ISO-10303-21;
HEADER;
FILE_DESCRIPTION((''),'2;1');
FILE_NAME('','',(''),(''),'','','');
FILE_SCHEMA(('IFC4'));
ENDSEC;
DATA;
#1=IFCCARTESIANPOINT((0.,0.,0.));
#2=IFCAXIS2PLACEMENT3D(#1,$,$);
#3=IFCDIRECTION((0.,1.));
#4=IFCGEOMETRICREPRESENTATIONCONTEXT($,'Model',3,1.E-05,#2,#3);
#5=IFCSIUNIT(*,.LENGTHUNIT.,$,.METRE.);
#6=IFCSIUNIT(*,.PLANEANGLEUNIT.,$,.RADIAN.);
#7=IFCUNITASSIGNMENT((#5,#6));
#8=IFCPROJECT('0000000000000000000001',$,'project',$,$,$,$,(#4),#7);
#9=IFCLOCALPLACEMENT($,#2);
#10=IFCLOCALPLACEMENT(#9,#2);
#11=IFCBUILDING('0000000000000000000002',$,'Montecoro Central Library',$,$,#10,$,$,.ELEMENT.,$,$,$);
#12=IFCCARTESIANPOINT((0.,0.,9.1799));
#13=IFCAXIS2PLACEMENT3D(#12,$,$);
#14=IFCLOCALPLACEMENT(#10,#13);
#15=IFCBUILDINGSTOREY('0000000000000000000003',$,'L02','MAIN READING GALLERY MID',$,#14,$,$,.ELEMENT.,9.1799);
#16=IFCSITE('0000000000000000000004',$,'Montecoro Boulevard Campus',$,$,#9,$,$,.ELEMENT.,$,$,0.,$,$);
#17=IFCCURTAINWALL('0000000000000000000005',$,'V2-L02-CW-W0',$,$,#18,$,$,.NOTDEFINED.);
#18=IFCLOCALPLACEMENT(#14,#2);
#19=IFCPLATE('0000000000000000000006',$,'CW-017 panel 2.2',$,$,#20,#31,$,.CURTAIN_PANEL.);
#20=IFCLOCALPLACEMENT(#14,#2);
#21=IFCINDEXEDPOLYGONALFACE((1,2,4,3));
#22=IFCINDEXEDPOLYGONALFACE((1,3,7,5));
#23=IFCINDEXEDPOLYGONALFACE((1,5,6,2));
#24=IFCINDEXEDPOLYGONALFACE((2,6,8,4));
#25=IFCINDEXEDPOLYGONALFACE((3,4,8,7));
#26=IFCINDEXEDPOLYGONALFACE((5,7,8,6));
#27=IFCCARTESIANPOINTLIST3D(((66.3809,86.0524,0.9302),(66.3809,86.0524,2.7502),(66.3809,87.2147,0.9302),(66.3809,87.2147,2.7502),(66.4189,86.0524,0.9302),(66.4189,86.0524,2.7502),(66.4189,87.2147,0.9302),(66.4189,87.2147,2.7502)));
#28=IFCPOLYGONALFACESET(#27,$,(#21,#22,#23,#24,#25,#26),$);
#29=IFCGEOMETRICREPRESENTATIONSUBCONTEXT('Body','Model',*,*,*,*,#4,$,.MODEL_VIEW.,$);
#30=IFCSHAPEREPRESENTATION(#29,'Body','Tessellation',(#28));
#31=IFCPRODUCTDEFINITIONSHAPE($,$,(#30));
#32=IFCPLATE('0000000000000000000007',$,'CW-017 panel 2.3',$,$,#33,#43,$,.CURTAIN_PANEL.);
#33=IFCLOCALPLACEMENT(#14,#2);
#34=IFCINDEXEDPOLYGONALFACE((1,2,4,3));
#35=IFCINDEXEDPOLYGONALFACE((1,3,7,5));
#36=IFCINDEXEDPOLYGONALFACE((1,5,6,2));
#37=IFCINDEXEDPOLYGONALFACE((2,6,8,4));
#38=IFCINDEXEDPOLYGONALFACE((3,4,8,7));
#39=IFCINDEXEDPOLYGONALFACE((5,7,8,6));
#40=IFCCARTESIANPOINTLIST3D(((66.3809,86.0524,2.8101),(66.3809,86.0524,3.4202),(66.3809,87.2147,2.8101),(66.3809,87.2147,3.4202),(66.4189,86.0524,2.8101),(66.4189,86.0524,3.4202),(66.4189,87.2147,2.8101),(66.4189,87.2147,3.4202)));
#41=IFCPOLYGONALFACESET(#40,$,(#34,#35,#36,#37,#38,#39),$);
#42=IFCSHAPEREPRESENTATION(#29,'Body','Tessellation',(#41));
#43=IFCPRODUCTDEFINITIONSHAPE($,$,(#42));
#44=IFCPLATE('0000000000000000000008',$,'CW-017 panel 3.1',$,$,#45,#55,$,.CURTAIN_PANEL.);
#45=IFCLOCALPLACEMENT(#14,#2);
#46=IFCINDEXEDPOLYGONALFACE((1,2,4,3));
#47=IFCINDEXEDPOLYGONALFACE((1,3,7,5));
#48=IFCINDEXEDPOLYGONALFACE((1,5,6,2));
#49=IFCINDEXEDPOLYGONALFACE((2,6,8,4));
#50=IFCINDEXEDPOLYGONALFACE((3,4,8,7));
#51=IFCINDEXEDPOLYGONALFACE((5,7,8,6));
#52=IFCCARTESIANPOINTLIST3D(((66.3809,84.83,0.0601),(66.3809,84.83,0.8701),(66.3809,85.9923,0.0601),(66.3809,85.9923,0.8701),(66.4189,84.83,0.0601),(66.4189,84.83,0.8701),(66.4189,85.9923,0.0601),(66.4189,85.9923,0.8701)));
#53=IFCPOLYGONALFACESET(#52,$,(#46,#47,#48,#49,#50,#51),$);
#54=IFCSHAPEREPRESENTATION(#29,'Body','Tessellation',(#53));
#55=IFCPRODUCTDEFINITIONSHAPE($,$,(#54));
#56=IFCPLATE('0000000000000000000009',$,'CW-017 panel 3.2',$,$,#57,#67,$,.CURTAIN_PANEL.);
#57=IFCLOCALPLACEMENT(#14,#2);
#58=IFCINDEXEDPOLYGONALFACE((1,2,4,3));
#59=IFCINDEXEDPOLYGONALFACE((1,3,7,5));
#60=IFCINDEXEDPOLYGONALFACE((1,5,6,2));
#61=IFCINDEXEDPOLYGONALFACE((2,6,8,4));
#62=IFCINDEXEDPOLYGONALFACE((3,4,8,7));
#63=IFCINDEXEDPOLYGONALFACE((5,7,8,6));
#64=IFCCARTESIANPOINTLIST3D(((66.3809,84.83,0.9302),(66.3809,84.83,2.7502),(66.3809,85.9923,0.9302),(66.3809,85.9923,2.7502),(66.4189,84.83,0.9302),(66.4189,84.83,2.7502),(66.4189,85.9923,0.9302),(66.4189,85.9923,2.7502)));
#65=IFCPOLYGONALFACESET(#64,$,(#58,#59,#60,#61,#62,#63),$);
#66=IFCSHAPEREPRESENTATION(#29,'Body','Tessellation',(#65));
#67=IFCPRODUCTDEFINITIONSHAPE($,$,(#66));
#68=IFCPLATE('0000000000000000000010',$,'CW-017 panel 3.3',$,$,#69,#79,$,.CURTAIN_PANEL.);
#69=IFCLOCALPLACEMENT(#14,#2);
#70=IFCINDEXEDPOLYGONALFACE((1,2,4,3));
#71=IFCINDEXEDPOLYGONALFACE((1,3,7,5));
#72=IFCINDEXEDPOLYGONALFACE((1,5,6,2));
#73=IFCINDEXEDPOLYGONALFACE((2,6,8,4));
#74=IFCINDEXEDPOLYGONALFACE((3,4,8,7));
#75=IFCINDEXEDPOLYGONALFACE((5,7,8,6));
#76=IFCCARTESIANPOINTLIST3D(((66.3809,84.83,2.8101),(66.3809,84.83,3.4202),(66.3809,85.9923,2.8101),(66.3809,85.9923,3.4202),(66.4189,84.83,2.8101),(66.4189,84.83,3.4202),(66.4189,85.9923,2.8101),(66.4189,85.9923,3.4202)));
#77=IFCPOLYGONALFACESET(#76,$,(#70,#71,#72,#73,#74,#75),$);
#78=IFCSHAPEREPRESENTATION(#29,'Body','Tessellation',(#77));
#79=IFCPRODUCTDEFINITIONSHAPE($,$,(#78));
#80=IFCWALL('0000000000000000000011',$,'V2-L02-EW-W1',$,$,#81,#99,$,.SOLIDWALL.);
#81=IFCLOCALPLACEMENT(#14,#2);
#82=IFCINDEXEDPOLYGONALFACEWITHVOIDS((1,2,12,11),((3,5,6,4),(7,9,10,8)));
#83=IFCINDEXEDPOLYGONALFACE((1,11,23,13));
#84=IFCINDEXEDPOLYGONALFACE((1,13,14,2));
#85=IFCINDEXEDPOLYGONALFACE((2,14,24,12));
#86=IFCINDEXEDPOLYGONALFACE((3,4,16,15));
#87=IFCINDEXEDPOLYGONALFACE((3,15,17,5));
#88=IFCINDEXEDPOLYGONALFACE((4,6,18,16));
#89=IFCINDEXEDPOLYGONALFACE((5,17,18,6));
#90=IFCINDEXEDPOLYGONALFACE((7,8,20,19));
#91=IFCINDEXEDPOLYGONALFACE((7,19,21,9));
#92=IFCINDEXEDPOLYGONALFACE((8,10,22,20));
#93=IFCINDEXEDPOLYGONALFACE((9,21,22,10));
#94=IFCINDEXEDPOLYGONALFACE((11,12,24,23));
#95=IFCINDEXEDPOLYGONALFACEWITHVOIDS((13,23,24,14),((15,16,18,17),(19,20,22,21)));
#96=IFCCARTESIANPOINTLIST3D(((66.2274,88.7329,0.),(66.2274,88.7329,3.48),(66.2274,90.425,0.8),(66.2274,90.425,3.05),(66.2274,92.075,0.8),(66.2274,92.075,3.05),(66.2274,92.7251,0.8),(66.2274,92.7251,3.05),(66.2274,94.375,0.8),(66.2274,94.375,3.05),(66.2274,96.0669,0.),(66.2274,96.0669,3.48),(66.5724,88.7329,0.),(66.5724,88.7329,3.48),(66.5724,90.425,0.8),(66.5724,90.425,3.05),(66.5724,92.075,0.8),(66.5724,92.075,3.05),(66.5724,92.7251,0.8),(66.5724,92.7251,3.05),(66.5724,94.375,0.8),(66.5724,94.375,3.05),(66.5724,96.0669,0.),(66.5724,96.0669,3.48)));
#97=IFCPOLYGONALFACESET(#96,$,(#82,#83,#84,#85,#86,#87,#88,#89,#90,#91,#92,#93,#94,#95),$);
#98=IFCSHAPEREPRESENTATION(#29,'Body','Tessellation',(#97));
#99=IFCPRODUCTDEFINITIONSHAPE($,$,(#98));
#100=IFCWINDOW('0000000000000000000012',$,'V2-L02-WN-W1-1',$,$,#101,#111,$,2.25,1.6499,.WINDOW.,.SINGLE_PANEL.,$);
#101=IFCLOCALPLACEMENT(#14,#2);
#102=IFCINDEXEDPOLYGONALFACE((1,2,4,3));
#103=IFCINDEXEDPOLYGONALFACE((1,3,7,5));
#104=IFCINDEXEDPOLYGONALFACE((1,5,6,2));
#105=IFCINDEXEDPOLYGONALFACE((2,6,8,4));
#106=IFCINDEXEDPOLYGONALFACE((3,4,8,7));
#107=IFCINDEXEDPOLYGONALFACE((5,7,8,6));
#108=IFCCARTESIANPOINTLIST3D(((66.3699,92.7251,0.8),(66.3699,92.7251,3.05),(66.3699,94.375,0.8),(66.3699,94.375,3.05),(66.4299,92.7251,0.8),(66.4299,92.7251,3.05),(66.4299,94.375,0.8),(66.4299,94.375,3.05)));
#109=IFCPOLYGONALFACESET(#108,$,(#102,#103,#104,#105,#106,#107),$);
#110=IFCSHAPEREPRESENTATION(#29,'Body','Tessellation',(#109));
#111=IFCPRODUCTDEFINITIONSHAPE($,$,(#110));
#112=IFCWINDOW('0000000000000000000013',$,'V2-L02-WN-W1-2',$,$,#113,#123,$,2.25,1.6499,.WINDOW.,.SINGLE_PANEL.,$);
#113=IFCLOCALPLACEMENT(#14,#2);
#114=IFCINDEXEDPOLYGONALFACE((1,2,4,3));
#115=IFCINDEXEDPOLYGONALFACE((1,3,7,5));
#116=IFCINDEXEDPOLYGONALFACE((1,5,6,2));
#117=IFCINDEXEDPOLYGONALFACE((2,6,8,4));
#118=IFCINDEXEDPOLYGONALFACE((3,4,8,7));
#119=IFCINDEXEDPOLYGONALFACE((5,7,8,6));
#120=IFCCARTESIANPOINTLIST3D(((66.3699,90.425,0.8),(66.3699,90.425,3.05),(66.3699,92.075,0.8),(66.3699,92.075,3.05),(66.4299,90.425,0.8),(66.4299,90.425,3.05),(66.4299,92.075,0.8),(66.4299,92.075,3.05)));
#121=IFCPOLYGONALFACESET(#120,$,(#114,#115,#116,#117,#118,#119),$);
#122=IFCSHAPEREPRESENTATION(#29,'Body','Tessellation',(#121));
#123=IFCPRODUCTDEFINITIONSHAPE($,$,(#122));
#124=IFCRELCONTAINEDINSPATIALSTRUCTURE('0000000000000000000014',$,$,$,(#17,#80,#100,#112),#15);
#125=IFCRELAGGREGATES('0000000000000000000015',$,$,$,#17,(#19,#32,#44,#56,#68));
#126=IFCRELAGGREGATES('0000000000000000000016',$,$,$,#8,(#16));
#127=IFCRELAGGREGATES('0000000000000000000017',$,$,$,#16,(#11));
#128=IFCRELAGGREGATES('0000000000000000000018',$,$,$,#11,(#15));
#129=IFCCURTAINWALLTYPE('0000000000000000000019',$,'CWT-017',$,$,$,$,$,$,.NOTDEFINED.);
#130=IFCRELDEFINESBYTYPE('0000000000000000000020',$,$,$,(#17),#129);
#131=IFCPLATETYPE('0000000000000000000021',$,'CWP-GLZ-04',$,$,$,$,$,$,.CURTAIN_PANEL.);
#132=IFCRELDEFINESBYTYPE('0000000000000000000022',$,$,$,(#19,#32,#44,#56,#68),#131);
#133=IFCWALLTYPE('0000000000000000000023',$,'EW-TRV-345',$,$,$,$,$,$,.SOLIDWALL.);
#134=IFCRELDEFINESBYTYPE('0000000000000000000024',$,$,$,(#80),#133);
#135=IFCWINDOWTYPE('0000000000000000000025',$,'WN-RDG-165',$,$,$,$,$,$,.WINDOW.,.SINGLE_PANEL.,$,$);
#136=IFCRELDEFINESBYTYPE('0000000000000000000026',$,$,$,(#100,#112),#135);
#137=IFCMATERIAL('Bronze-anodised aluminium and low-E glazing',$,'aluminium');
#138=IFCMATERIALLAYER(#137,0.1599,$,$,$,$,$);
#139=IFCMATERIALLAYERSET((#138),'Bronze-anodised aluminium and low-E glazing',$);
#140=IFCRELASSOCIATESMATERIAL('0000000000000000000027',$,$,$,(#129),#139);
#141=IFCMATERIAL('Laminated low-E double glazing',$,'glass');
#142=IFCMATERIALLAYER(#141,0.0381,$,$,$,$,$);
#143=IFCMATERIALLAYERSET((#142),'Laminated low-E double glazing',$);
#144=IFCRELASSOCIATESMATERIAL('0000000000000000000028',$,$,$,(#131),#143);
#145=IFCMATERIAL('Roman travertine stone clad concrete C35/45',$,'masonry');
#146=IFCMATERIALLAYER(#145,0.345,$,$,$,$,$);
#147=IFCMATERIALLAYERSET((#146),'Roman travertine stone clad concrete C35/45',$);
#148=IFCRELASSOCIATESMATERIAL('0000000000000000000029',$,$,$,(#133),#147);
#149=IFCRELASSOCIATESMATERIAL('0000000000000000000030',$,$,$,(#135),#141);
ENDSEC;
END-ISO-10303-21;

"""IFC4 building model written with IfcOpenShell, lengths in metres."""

from ifc_helpers import new_model, si_unit, direction, frame, frame_2d, origin, origin_2d, place, context, subcontext, project, spatial, rectangle, extrude, material, layer, layer_set, type_object, element, fill, aggregate, save


model = new_model("IFC4")

# Units and contexts
model_context = context("Model", 3, precision=1e-05, world=origin(), true_north=direction((0.0, 1.0)))
body_context = subcontext(model_context, "Body", "Model", "MODEL_VIEW")
ifc_project = project(units=[si_unit("LENGTHUNIT", "METRE"), si_unit("PLANEANGLEUNIT", "RADIAN")], contexts=[model_context])

# Site, building, storey
site_placement = place(None, origin())
site = spatial("IfcSite", under=ifc_project, at=site_placement, Name="Montecoro Boulevard Campus", CompositionType="ELEMENT", RefElevation=0.0)
building_placement = place(site_placement, origin())
building = spatial("IfcBuilding", under=site, at=building_placement, Name="Montecoro Central Library", CompositionType="ELEMENT")
storey_placement = place(building_placement, frame((0.0, 0.0, 9.1799)))
storey = spatial("IfcBuildingStorey", under=building, at=storey_placement, Name="L02", Description="MAIN READING GALLERY MID", CompositionType="ELEMENT", Elevation=9.1799)

# Curtain wall, plates
ifc_material_1 = material(Name="Bronze-anodised aluminium and low-E glazing", Category="aluminium")
ifc_layer_1 = layer(ifc_material_1, 0.1599)
ifc_layer_set_1 = layer_set([ifc_layer_1], Name="Bronze-anodised aluminium and low-E glazing")
curtain_wall_type = type_object("IfcCurtainWallType", Name="CWT-017", PredefinedType="NOTDEFINED", material=ifc_layer_set_1)
curtain_wall_placement = place(storey_placement, origin())
curtain_wall = element("IfcCurtainWall", 1, at=curtain_wall_placement, inside=storey, type_object=curtain_wall_type, Name="V2-L02-CW-W0", PredefinedType="NOTDEFINED")
ifc_material_2 = material(Name="Laminated low-E double glazing", Category="glass")
ifc_layer_2 = layer(ifc_material_2, 0.0381)
ifc_layer_set_2 = layer_set([ifc_layer_2], Name="Laminated low-E double glazing")
plate_type = type_object("IfcPlateType", Name="CWP-GLZ-04", PredefinedType="CURTAIN_PANEL", material=ifc_layer_set_2)
plate_1_placement = place(storey_placement, frame((66.3999, 86.6335, 0.9302), z_axis=(0.0, 0.0, 1.0), x_axis=(0.0, -1.0, 0.0)))
plate_1 = element("IfcPlate", 2, at=plate_1_placement, type_object=plate_type, Name="CW-017 panel 2.2", PredefinedType="CURTAIN_PANEL", context=body_context, shape_type="SweptSolid", body=[
    extrude(rectangle(XDim=1.1624, YDim=0.0381, at=origin_2d()), origin(), (0.0, 0.0, 1.0), 1.8201),
])
plate_2_placement = place(storey_placement, frame((66.3999, 86.6335, 2.8101), z_axis=(0.0, 0.0, 1.0), x_axis=(0.0, -1.0, 0.0)))
plate_2 = element("IfcPlate", 3, at=plate_2_placement, type_object=plate_type, Name="CW-017 panel 2.3", PredefinedType="CURTAIN_PANEL", context=body_context, shape_type="SweptSolid", body=[
    extrude(rectangle(XDim=1.1624, YDim=0.0381, at=origin_2d()), origin(), (0.0, 0.0, 1.0), 0.6101),
])
plate_3_placement = place(storey_placement, frame((66.3999, 85.4111, 0.0601), z_axis=(0.0, 0.0, 1.0), x_axis=(0.0, -1.0, 0.0)))
plate_3 = element("IfcPlate", 4, at=plate_3_placement, type_object=plate_type, Name="CW-017 panel 3.1", PredefinedType="CURTAIN_PANEL", context=body_context, shape_type="SweptSolid", body=[
    extrude(rectangle(XDim=1.1624, YDim=0.0381, at=origin_2d()), origin(), (0.0, 0.0, 1.0), 0.8101),
])
plate_4_placement = place(storey_placement, frame((66.3999, 85.4111, 0.9302), z_axis=(0.0, 0.0, 1.0), x_axis=(0.0, -1.0, 0.0)))
plate_4 = element("IfcPlate", 5, at=plate_4_placement, type_object=plate_type, Name="CW-017 panel 3.2", PredefinedType="CURTAIN_PANEL", context=body_context, shape_type="SweptSolid", body=[
    extrude(rectangle(XDim=1.1624, YDim=0.0381, at=origin_2d()), origin(), (0.0, 0.0, 1.0), 1.8201),
])
plate_5_placement = place(storey_placement, frame((66.3999, 85.4111, 2.8101), z_axis=(0.0, 0.0, 1.0), x_axis=(0.0, -1.0, 0.0)))
plate_5 = element("IfcPlate", 6, at=plate_5_placement, type_object=plate_type, Name="CW-017 panel 3.3", PredefinedType="CURTAIN_PANEL", context=body_context, shape_type="SweptSolid", body=[
    extrude(rectangle(XDim=1.1624, YDim=0.0381, at=origin_2d()), origin(), (0.0, 0.0, 1.0), 0.6101),
])
aggregate(curtain_wall, [plate_1, plate_2, plate_3, plate_4, plate_5])

# Wall, openings, windows
ifc_material_3 = material(Name="Roman travertine stone clad concrete C35/45", Category="masonry")
ifc_layer_3 = layer(ifc_material_3, 0.345)
ifc_layer_set_3 = layer_set([ifc_layer_3], Name="Roman travertine stone clad concrete C35/45")
wall_type = type_object("IfcWallType", Name="EW-TRV-345", PredefinedType="SOLIDWALL", material=ifc_layer_set_3)
wall_placement = place(storey_placement, frame((66.3999, 96.0669, 0.0), z_axis=(0.0, 0.0, 1.0), x_axis=(0.0, -1.0, 0.0)))
wall = element("IfcWall", 7, at=wall_placement, inside=storey, type_object=wall_type, Name="V2-L02-EW-W1", PredefinedType="SOLIDWALL", context=body_context, shape_type="SweptSolid", body=[
    extrude(rectangle(XDim=7.334, YDim=0.345, at=frame_2d((3.667, 0.0))), origin(), (0.0, 0.0, 1.0), 3.48),
])
opening_1_placement = place(wall_placement, frame((1.6919, 0.0, 0.8)))
opening_1 = element("IfcOpeningElement", 8, at=opening_1_placement, cuts=wall, PredefinedType="OPENING", context=body_context, shape_type="SweptSolid", body=[
    extrude(rectangle(XDim=1.6499, YDim=2.25, at=frame_2d((0.825, 1.125))), frame((0.0, 0.1824, 0.0), z_axis=(0.0, -1.0, 0.0), x_axis=(1.0, 0.0, 0.0)), (0.0, 0.0, 1.0), 0.365),
])
opening_2_placement = place(wall_placement, frame((3.9919, 0.0, 0.8)))
opening_2 = element("IfcOpeningElement", 9, at=opening_2_placement, cuts=wall, PredefinedType="OPENING", context=body_context, shape_type="SweptSolid", body=[
    extrude(rectangle(XDim=1.6499, YDim=2.25, at=frame_2d((0.825, 1.125))), frame((0.0, 0.1824, 0.0), z_axis=(0.0, -1.0, 0.0), x_axis=(1.0, 0.0, 0.0)), (0.0, 0.0, 1.0), 0.365),
])
window_type = type_object("IfcWindowType", Name="WN-RDG-165", PartitioningType="SINGLE_PANEL", PredefinedType="WINDOW", material=ifc_material_2)
window_1_placement = place(opening_1_placement, origin())
window_1 = element("IfcWindow", 10, at=window_1_placement, inside=storey, type_object=window_type, Name="V2-L02-WN-W1-1", OverallHeight=2.25, OverallWidth=1.6499, PartitioningType="SINGLE_PANEL", PredefinedType="WINDOW", context=body_context, shape_type="SweptSolid", body=[
    extrude(rectangle(XDim=1.6499, YDim=2.25, at=frame_2d((0.825, 1.125))), frame((0.0, 0.03, 0.0), z_axis=(0.0, -1.0, 0.0), x_axis=(1.0, 0.0, 0.0)), (0.0, 0.0, 1.0), 0.0601),
])
fill(opening_1, window_1)
window_2_placement = place(opening_2_placement, origin())
window_2 = element("IfcWindow", 11, at=window_2_placement, inside=storey, type_object=window_type, Name="V2-L02-WN-W1-2", OverallHeight=2.25, OverallWidth=1.6499, PartitioningType="SINGLE_PANEL", PredefinedType="WINDOW", context=body_context, shape_type="SweptSolid", body=[
    extrude(rectangle(XDim=1.6499, YDim=2.25, at=frame_2d((0.825, 1.125))), frame((0.0, 0.03, 0.0), z_axis=(0.0, -1.0, 0.0), x_axis=(1.0, 0.0, 0.0)), (0.0, 0.0, 1.0), 0.0601),
])
fill(opening_2, window_2)

save(model, "model.ifc")
